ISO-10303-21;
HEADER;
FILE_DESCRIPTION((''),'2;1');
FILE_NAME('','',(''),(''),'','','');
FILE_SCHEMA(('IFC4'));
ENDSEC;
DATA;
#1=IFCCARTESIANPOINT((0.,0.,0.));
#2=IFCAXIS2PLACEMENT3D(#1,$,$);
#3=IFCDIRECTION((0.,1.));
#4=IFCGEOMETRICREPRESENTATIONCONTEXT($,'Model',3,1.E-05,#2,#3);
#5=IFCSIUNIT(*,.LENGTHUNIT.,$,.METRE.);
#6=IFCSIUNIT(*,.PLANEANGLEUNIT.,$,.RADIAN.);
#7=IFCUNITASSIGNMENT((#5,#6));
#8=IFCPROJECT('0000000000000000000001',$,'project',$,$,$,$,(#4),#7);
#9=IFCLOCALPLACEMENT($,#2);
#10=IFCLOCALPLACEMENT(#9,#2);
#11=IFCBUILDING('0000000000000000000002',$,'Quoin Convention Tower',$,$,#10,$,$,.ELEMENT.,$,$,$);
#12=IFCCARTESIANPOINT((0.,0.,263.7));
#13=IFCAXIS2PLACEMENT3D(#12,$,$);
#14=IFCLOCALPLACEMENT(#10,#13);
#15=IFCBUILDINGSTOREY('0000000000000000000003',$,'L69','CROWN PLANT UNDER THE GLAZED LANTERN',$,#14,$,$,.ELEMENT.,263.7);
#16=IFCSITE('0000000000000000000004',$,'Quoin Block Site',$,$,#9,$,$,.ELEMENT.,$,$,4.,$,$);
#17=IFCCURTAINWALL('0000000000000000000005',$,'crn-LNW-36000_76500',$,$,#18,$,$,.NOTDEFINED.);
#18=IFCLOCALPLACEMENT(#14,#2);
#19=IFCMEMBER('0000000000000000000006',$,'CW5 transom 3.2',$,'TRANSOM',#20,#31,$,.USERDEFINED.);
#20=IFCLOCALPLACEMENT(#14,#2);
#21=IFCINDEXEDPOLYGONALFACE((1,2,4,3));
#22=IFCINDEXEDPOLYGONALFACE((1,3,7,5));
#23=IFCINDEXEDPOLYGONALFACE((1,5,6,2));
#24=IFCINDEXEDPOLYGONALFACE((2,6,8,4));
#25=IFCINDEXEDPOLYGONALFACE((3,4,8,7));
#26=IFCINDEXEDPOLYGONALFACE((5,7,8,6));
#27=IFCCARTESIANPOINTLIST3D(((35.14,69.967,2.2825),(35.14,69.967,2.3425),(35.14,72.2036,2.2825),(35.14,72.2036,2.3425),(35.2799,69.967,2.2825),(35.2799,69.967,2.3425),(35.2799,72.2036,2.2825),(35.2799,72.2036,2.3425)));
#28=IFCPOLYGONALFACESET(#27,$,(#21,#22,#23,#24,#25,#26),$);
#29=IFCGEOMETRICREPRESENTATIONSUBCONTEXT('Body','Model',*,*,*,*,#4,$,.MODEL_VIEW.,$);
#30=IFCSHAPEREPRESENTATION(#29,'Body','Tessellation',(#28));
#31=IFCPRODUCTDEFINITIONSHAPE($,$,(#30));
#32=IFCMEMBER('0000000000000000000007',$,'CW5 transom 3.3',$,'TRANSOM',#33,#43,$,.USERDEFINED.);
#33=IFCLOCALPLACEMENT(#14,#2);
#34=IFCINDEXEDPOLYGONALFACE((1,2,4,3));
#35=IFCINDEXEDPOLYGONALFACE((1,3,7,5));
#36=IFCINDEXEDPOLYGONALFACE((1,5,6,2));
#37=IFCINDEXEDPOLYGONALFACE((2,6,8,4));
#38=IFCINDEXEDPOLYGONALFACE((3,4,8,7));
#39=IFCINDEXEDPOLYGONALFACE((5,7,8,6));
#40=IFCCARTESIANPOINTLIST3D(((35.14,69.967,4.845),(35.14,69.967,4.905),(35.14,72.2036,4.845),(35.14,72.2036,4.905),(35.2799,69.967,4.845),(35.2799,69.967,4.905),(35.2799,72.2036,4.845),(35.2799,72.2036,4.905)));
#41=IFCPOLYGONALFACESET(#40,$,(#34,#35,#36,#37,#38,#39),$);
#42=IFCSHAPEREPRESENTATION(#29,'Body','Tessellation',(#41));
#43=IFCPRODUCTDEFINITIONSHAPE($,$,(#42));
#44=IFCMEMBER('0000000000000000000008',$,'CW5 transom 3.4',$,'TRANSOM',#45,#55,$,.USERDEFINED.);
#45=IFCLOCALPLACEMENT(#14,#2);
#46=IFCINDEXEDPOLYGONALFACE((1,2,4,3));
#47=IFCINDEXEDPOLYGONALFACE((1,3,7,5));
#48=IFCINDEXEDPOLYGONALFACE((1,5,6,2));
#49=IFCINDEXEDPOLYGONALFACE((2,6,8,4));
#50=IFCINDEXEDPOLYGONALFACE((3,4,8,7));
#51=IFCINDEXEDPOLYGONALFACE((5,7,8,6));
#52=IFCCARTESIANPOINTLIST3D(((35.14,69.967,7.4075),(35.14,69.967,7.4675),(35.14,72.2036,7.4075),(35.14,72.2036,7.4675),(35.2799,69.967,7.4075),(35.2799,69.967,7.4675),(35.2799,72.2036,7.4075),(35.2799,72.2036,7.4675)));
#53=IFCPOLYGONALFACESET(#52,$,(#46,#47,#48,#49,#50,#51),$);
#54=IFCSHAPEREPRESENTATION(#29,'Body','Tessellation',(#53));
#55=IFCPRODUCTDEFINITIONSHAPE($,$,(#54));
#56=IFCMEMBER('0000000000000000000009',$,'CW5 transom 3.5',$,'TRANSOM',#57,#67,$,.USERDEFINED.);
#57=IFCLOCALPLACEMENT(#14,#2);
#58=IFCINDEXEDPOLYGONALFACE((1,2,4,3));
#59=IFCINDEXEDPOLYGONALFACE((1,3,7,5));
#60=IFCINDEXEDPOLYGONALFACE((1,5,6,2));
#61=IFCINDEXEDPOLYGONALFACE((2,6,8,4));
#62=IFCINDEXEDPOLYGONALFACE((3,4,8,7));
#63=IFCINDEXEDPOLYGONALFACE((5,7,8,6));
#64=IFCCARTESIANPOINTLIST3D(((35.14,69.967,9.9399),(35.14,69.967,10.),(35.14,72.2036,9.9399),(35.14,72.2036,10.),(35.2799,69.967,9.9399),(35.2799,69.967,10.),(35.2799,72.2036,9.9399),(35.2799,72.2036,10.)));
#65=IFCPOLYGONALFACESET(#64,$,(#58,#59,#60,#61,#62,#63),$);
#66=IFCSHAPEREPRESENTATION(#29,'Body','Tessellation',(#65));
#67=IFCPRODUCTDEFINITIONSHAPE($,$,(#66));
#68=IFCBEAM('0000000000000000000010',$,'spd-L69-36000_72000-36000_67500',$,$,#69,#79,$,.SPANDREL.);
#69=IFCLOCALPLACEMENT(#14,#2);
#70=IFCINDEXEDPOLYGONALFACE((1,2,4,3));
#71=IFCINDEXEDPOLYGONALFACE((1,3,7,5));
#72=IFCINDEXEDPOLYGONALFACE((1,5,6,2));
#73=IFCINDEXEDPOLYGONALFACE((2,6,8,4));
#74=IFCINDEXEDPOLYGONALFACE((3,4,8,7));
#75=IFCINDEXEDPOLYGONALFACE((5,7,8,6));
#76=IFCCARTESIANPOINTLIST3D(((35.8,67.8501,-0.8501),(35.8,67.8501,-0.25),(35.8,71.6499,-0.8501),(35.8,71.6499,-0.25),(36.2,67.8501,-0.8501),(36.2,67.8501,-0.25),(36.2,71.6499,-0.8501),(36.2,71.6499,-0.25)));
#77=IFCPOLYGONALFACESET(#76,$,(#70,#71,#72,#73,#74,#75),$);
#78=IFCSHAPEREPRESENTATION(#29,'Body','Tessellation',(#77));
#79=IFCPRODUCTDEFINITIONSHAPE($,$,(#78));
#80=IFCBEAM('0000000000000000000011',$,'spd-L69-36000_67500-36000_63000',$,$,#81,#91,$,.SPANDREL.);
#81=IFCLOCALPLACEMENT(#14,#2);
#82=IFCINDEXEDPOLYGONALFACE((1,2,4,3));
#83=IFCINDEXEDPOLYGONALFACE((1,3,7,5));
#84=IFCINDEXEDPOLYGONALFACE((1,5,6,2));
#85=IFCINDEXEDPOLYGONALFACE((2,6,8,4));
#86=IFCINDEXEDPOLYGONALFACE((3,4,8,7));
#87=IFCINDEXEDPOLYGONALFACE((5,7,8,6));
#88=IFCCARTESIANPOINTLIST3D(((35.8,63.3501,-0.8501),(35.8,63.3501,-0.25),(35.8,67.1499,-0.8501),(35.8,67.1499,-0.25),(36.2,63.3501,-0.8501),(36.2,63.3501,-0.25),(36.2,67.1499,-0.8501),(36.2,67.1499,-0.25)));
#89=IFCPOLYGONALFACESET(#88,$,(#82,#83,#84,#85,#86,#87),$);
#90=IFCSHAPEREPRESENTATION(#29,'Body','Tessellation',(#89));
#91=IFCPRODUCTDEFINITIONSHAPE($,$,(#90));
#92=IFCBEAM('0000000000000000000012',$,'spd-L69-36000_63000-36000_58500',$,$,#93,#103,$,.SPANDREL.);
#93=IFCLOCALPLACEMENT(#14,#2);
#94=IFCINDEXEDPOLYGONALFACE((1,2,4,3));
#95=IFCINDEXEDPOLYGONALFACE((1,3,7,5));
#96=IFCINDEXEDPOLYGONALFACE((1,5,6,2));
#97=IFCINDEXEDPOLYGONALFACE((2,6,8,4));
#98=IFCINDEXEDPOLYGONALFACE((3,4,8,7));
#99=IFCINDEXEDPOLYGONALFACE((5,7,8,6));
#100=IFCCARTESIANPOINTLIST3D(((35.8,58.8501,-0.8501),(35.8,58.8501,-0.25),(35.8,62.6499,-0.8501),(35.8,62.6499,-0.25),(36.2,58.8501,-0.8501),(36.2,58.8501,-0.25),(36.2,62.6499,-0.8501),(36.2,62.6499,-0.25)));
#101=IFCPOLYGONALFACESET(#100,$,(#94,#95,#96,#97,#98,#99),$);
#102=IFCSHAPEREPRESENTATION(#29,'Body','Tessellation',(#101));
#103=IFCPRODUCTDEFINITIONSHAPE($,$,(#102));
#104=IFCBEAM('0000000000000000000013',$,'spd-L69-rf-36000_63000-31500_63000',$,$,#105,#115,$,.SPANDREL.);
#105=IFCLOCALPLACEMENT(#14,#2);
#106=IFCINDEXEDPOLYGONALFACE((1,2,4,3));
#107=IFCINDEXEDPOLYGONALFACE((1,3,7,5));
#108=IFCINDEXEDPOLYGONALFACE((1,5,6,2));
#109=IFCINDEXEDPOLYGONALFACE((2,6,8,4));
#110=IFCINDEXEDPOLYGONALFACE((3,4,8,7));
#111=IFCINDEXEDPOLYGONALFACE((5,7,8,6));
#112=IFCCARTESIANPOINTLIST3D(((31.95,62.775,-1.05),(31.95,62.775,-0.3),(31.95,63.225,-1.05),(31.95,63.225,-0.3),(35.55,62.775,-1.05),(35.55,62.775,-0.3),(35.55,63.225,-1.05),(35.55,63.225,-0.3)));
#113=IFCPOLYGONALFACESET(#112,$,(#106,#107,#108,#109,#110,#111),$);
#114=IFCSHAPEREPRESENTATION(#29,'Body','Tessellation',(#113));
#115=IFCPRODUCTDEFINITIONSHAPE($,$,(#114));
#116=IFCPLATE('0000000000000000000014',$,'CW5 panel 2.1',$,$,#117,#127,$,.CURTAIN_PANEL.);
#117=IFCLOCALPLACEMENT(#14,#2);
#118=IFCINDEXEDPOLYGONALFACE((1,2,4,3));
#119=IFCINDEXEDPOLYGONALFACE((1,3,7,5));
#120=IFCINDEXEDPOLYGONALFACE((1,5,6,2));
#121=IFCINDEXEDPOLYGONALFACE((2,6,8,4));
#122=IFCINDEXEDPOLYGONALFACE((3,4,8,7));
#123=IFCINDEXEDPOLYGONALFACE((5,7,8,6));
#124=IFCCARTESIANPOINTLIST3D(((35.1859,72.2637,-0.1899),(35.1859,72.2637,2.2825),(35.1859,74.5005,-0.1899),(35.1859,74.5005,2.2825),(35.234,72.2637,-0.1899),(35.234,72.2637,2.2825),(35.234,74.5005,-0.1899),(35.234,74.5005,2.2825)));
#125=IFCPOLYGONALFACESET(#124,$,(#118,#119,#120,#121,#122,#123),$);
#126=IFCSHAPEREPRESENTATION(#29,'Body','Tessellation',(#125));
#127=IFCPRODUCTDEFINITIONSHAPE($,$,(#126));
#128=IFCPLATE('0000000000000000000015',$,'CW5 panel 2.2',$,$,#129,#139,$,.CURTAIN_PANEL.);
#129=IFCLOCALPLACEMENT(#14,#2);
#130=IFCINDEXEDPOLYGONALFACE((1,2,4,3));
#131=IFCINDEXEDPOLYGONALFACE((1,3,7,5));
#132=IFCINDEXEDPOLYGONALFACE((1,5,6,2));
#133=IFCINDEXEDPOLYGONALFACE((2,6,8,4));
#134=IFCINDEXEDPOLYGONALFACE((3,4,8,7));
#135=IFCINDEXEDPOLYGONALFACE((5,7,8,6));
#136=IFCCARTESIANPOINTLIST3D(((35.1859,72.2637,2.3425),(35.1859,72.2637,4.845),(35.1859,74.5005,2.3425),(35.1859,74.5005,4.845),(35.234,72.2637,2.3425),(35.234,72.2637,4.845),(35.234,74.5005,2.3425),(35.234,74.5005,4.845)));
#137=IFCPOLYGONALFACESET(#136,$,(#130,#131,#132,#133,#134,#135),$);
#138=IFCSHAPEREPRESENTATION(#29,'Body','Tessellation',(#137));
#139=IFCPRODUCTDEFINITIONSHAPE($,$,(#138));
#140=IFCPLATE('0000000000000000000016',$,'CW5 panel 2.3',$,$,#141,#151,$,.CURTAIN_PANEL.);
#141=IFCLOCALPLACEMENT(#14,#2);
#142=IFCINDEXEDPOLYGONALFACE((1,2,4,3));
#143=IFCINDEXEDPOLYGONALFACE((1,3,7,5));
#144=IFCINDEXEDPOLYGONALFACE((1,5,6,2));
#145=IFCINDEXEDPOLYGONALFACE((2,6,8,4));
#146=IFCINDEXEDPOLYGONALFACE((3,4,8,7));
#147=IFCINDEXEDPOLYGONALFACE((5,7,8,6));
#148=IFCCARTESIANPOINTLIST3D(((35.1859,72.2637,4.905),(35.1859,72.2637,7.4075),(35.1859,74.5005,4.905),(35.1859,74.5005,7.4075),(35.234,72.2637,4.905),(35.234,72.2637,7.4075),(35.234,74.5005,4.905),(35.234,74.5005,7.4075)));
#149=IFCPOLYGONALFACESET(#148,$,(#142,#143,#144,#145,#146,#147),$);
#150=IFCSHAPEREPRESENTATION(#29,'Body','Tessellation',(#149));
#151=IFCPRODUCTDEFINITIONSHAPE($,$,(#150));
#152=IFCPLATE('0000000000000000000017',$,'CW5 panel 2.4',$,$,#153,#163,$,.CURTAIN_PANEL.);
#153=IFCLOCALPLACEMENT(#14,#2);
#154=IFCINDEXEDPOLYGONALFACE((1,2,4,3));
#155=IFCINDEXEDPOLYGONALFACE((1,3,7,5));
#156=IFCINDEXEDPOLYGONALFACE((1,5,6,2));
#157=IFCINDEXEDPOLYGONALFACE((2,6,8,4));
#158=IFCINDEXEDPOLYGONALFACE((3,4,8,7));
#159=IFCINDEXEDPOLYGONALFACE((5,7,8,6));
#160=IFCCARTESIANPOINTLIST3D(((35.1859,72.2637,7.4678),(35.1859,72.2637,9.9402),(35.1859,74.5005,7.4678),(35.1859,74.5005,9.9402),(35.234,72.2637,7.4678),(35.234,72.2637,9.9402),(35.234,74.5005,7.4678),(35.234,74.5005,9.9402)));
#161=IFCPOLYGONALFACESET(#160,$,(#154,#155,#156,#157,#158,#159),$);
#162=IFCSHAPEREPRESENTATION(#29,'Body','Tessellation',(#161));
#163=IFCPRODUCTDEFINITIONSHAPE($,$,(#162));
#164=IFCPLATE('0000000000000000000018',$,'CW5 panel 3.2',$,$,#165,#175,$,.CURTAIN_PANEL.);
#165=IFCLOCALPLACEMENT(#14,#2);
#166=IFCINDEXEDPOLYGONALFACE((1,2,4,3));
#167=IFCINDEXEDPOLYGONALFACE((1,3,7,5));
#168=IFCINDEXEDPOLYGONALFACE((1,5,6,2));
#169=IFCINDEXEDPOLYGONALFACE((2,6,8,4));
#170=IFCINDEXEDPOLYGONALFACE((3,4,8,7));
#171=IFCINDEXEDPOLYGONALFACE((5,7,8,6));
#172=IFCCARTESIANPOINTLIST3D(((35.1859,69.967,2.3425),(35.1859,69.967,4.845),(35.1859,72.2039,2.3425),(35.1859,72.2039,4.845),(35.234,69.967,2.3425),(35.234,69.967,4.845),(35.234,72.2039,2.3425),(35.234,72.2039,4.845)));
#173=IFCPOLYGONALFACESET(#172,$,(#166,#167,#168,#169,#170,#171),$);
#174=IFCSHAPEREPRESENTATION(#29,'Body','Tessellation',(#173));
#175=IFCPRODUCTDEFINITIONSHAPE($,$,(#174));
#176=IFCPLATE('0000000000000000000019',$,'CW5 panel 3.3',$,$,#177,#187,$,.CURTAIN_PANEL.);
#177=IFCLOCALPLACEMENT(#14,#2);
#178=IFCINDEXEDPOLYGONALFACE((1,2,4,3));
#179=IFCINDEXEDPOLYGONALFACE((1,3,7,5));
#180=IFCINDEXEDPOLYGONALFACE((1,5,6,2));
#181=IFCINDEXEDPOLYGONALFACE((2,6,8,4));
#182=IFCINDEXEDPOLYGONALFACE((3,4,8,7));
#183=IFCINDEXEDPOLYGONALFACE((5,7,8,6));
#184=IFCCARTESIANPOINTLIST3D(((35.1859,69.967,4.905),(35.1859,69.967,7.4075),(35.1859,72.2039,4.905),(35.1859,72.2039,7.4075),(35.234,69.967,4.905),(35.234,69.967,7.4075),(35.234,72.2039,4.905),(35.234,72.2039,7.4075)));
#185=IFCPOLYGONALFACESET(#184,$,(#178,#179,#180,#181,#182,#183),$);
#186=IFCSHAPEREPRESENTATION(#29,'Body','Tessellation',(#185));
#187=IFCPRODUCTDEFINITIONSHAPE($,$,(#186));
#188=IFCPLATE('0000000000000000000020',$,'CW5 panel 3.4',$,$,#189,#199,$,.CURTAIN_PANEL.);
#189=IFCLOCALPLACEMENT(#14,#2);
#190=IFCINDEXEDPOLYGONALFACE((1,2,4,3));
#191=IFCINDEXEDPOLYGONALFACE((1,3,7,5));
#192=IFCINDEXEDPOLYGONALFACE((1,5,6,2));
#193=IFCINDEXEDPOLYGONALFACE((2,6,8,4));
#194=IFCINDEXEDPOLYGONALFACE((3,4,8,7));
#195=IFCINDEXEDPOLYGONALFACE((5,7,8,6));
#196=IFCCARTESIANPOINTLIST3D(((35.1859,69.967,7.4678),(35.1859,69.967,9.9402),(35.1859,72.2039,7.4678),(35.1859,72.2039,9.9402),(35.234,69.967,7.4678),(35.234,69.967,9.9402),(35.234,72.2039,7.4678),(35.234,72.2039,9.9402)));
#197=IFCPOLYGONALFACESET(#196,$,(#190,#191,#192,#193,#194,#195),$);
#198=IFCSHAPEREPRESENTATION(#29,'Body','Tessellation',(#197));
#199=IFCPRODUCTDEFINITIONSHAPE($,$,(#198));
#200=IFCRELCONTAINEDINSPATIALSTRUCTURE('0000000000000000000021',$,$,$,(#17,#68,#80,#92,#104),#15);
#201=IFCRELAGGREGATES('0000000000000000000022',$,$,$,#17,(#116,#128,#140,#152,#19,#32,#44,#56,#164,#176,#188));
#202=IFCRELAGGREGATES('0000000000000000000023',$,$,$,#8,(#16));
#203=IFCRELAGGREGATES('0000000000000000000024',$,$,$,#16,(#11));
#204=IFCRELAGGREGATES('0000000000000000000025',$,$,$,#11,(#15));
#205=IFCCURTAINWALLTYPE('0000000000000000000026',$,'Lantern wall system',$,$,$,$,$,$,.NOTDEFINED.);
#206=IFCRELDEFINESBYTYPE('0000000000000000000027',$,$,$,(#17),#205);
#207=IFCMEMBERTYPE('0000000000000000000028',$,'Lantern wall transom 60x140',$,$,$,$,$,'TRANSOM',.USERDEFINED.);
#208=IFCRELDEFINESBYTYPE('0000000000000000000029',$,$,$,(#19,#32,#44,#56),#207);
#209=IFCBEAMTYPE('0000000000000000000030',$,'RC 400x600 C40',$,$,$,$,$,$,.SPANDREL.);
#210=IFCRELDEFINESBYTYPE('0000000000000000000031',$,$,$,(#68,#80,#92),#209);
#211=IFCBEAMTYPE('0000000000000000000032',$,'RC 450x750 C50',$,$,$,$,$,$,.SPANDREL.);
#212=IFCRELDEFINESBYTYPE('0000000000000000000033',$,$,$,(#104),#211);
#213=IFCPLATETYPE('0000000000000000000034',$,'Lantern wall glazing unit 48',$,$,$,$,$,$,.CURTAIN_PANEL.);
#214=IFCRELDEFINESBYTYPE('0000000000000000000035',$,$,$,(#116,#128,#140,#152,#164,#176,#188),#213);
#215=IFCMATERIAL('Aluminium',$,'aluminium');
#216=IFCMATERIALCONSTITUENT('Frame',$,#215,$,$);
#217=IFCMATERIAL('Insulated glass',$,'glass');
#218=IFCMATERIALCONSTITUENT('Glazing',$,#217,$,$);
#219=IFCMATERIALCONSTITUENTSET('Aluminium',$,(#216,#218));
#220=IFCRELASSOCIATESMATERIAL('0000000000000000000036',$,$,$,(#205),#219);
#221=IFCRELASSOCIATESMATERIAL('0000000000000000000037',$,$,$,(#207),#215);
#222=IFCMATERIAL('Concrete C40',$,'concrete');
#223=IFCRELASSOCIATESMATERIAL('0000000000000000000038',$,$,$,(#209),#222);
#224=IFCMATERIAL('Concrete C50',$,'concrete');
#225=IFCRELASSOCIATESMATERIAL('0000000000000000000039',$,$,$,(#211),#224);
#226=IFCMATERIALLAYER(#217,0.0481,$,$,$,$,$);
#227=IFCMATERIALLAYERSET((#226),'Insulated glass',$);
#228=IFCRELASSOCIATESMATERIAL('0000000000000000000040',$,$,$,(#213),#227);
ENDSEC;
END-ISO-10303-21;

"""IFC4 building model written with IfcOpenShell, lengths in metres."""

from ifc_helpers import new_model, si_unit, direction, frame, origin, origin_2d, place, context, subcontext, project, spatial, rectangle, extrude, material, layer, layer_set, constituent, constituent_set, material_profile, profile_set, type_object, element, aggregate, save


model = new_model("IFC4")

# Units and contexts
model_context = context("Model", 3, precision=1e-05, world=origin(), true_north=direction((0.0, 1.0)))
body_context = subcontext(model_context, "Body", "Model", "MODEL_VIEW")
ifc_project = project(units=[si_unit("LENGTHUNIT", "METRE"), si_unit("PLANEANGLEUNIT", "RADIAN")], contexts=[model_context])

# Site, building, storey
site_placement = place(None, origin())
site = spatial("IfcSite", under=ifc_project, at=site_placement, Name="Quoin Block Site", CompositionType="ELEMENT", RefElevation=4.0)
building_placement = place(site_placement, origin())
building = spatial("IfcBuilding", under=site, at=building_placement, Name="Quoin Convention Tower", CompositionType="ELEMENT")
storey_placement = place(building_placement, frame((0.0, 0.0, 263.7)))
storey = spatial("IfcBuildingStorey", under=building, at=storey_placement, Name="L69", Description="CROWN PLANT UNDER THE GLAZED LANTERN", CompositionType="ELEMENT", Elevation=263.7)

# Shared definitions
ifc_material_1 = material(Name="Concrete C40", Category="concrete")

# Curtain wall, members
ifc_material_2 = material(Name="Aluminium", Category="aluminium")
ifc_constituent_1 = constituent(ifc_material_2, Name="Frame")
ifc_material_3 = material(Name="Insulated glass", Category="glass")
ifc_constituent_2 = constituent(ifc_material_3, Name="Glazing")
ifc_constituent_set = constituent_set(constituents=[ifc_constituent_1, ifc_constituent_2], Name="Aluminium")
curtain_wall_type = type_object("IfcCurtainWallType", Name="Lantern wall system", PredefinedType="NOTDEFINED", material=ifc_constituent_set)
curtain_wall_placement = place(storey_placement, origin())
curtain_wall = element("IfcCurtainWall", 1, at=curtain_wall_placement, inside=storey, type_object=curtain_wall_type, Name="crn-LNW-36000_76500", PredefinedType="NOTDEFINED")
ifc_material_profile_1 = material_profile(ifc_material_2, rectangle(XDim=0.1399, YDim=0.0601, at=origin_2d()), Name="Lantern wall transom 60x140")
ifc_profile_set_1 = profile_set([ifc_material_profile_1], Name="Aluminium")
member_type_1 = type_object("IfcMemberType", Name="Lantern wall transom 60x140", ElementType="TRANSOM", PredefinedType="USERDEFINED", material=ifc_profile_set_1)
member_1_placement = place(storey_placement, frame((35.21, 72.2036, 2.3125), z_axis=(0.0, -1.0, 0.0), x_axis=(1.0, 0.0, 0.0)))
member_1 = element("IfcMember", 2, at=member_1_placement, type_object=member_type_1, Name="CW5 transom 3.2", ObjectType="TRANSOM", PredefinedType="USERDEFINED", context=body_context, shape_type="SweptSolid", body=[
    extrude(rectangle(XDim=0.1399, YDim=0.0601, at=origin_2d()), origin(), (0.0, 0.0, 1.0), 2.2366),
])
member_2_placement = place(storey_placement, frame((35.21, 72.2036, 4.875), z_axis=(0.0, -1.0, 0.0), x_axis=(1.0, 0.0, 0.0)))
member_2 = element("IfcMember", 3, at=member_2_placement, type_object=member_type_1, Name="CW5 transom 3.3", ObjectType="TRANSOM", PredefinedType="USERDEFINED", context=body_context, shape_type="SweptSolid", body=[
    extrude(rectangle(XDim=0.1399, YDim=0.0601, at=origin_2d()), origin(), (0.0, 0.0, 1.0), 2.2366),
])
member_3_placement = place(storey_placement, frame((35.21, 72.2036, 7.4375), z_axis=(0.0, -1.0, 0.0), x_axis=(1.0, 0.0, 0.0)))
member_3 = element("IfcMember", 4, at=member_3_placement, type_object=member_type_1, Name="CW5 transom 3.4", ObjectType="TRANSOM", PredefinedType="USERDEFINED", context=body_context, shape_type="SweptSolid", body=[
    extrude(rectangle(XDim=0.1399, YDim=0.0601, at=origin_2d()), origin(), (0.0, 0.0, 1.0), 2.2366),
])
member_4_placement = place(storey_placement, frame((35.21, 72.2036, 9.97), z_axis=(0.0, -1.0, 0.0), x_axis=(1.0, 0.0, 0.0)))
member_4 = element("IfcMember", 5, at=member_4_placement, type_object=member_type_1, Name="CW5 transom 3.5", ObjectType="TRANSOM", PredefinedType="USERDEFINED", context=body_context, shape_type="SweptSolid", body=[
    extrude(rectangle(XDim=0.1399, YDim=0.0601, at=origin_2d()), origin(), (0.0, 0.0, 1.0), 2.2366),
])

# Beams
ifc_material_profile_2 = material_profile(ifc_material_1, rectangle(XDim=0.3999, YDim=0.6001, at=origin_2d()), Name="RC 400x600")
ifc_profile_set_2 = profile_set([ifc_material_profile_2], Name="Concrete C40")
beam_type_1 = type_object("IfcBeamType", Name="RC 400x600 C40", PredefinedType="SPANDREL", material=ifc_profile_set_2)
for number, where, z_axis, x_axis, name in (
    (6, (36.0, 71.6499, -0.55), (0.0, -1.0, 0.0), (1.0, 0.0, 0.0), "spd-L69-36000_72000-36000_67500"),
    (7, (36.0, 67.1499, -0.55), (0.0, -1.0, 0.0), (1.0, 0.0, 0.0), "spd-L69-36000_67500-36000_63000"),
    (8, (36.0, 62.6499, -0.55), (0.0, -1.0, 0.0), (1.0, 0.0, 0.0), "spd-L69-36000_63000-36000_58500"),
):
    element("IfcBeam", number, at=place(storey_placement, frame(where, z_axis=z_axis, x_axis=x_axis)), inside=storey, type_object=beam_type_1, Name=name, PredefinedType="SPANDREL", context=body_context, shape_type="SweptSolid", body=[
        extrude(rectangle(XDim=0.3999, YDim=0.6001, at=origin_2d()), origin(), (0.0, 0.0, 1.0), 3.7998),
    ])
ifc_material_4 = material(Name="Concrete C50", Category="concrete")
ifc_material_profile_3 = material_profile(ifc_material_4, rectangle(XDim=0.45, YDim=0.75, at=origin_2d()), Name="RC 450x750")
ifc_profile_set_3 = profile_set([ifc_material_profile_3], Name="Concrete C50")
beam_type_2 = type_object("IfcBeamType", Name="RC 450x750 C50", PredefinedType="SPANDREL", material=ifc_profile_set_3)
beam_1_placement = place(storey_placement, frame((35.55, 63.0, -0.675), z_axis=(-1.0, 0.0, 0.0), x_axis=(0.0, -1.0, 0.0)))
element("IfcBeam", 9, at=beam_1_placement, inside=storey, type_object=beam_type_2, Name="spd-L69-rf-36000_63000-31500_63000", PredefinedType="SPANDREL", context=body_context, shape_type="SweptSolid", body=[
    extrude(rectangle(XDim=0.45, YDim=0.75, at=origin_2d()), origin(), (0.0, 0.0, 1.0), 3.6001),
])

# Plates
ifc_layer_1 = layer(ifc_material_3, 0.0481)
ifc_layer_set_1 = layer_set([ifc_layer_1], Name="Insulated glass")
plate_type = type_object("IfcPlateType", Name="Lantern wall glazing unit 48", PredefinedType="CURTAIN_PANEL", material=ifc_layer_set_1)
plate_1_placement = place(storey_placement, frame((35.21, 73.3821, -0.1899), z_axis=(0.0, 0.0, 1.0), x_axis=(0.0, -1.0, 0.0)))
plate_1 = element("IfcPlate", 10, at=plate_1_placement, type_object=plate_type, Name="CW5 panel 2.1", PredefinedType="CURTAIN_PANEL", context=body_context, shape_type="SweptSolid", body=[
    extrude(rectangle(XDim=2.2368, YDim=0.0481, at=origin_2d()), origin(), (0.0, 0.0, 1.0), 2.4724),
])
plate_2_placement = place(storey_placement, frame((35.21, 73.3821, 2.3425), z_axis=(0.0, 0.0, 1.0), x_axis=(0.0, -1.0, 0.0)))
plate_2 = element("IfcPlate", 11, at=plate_2_placement, type_object=plate_type, Name="CW5 panel 2.2", PredefinedType="CURTAIN_PANEL", context=body_context, shape_type="SweptSolid", body=[
    extrude(rectangle(XDim=2.2368, YDim=0.0481, at=origin_2d()), origin(), (0.0, 0.0, 1.0), 2.5024),
])
plate_3_placement = place(storey_placement, frame((35.21, 73.3821, 4.905), z_axis=(0.0, 0.0, 1.0), x_axis=(0.0, -1.0, 0.0)))
plate_3 = element("IfcPlate", 12, at=plate_3_placement, type_object=plate_type, Name="CW5 panel 2.3", PredefinedType="CURTAIN_PANEL", context=body_context, shape_type="SweptSolid", body=[
    extrude(rectangle(XDim=2.2368, YDim=0.0481, at=origin_2d()), origin(), (0.0, 0.0, 1.0), 2.5024),
])
plate_4_placement = place(storey_placement, frame((35.21, 73.3821, 7.4678), z_axis=(0.0, 0.0, 1.0), x_axis=(0.0, -1.0, 0.0)))
plate_4 = element("IfcPlate", 13, at=plate_4_placement, type_object=plate_type, Name="CW5 panel 2.4", PredefinedType="CURTAIN_PANEL", context=body_context, shape_type="SweptSolid", body=[
    extrude(rectangle(XDim=2.2368, YDim=0.0481, at=origin_2d()), origin(), (0.0, 0.0, 1.0), 2.4724),
])
plate_5_placement = place(storey_placement, frame((35.21, 71.0854, 2.3425), z_axis=(0.0, 0.0, 1.0), x_axis=(0.0, -1.0, 0.0)))
plate_5 = element("IfcPlate", 14, at=plate_5_placement, type_object=plate_type, Name="CW5 panel 3.2", PredefinedType="CURTAIN_PANEL", context=body_context, shape_type="SweptSolid", body=[
    extrude(rectangle(XDim=2.2368, YDim=0.0481, at=origin_2d()), origin(), (0.0, 0.0, 1.0), 2.5024),
])
plate_6_placement = place(storey_placement, frame((35.21, 71.0854, 4.905), z_axis=(0.0, 0.0, 1.0), x_axis=(0.0, -1.0, 0.0)))
plate_6 = element("IfcPlate", 15, at=plate_6_placement, type_object=plate_type, Name="CW5 panel 3.3", PredefinedType="CURTAIN_PANEL", context=body_context, shape_type="SweptSolid", body=[
    extrude(rectangle(XDim=2.2368, YDim=0.0481, at=origin_2d()), origin(), (0.0, 0.0, 1.0), 2.5024),
])
plate_7_placement = place(storey_placement, frame((35.21, 71.0854, 7.4678), z_axis=(0.0, 0.0, 1.0), x_axis=(0.0, -1.0, 0.0)))
plate_7 = element("IfcPlate", 16, at=plate_7_placement, type_object=plate_type, Name="CW5 panel 3.4", PredefinedType="CURTAIN_PANEL", context=body_context, shape_type="SweptSolid", body=[
    extrude(rectangle(XDim=2.2368, YDim=0.0481, at=origin_2d()), origin(), (0.0, 0.0, 1.0), 2.4724),
])
aggregate(curtain_wall, [plate_1, plate_2, plate_3, plate_4, member_1, member_2, member_3, member_4, plate_5, plate_6, plate_7])

save(model, "model.ifc")
